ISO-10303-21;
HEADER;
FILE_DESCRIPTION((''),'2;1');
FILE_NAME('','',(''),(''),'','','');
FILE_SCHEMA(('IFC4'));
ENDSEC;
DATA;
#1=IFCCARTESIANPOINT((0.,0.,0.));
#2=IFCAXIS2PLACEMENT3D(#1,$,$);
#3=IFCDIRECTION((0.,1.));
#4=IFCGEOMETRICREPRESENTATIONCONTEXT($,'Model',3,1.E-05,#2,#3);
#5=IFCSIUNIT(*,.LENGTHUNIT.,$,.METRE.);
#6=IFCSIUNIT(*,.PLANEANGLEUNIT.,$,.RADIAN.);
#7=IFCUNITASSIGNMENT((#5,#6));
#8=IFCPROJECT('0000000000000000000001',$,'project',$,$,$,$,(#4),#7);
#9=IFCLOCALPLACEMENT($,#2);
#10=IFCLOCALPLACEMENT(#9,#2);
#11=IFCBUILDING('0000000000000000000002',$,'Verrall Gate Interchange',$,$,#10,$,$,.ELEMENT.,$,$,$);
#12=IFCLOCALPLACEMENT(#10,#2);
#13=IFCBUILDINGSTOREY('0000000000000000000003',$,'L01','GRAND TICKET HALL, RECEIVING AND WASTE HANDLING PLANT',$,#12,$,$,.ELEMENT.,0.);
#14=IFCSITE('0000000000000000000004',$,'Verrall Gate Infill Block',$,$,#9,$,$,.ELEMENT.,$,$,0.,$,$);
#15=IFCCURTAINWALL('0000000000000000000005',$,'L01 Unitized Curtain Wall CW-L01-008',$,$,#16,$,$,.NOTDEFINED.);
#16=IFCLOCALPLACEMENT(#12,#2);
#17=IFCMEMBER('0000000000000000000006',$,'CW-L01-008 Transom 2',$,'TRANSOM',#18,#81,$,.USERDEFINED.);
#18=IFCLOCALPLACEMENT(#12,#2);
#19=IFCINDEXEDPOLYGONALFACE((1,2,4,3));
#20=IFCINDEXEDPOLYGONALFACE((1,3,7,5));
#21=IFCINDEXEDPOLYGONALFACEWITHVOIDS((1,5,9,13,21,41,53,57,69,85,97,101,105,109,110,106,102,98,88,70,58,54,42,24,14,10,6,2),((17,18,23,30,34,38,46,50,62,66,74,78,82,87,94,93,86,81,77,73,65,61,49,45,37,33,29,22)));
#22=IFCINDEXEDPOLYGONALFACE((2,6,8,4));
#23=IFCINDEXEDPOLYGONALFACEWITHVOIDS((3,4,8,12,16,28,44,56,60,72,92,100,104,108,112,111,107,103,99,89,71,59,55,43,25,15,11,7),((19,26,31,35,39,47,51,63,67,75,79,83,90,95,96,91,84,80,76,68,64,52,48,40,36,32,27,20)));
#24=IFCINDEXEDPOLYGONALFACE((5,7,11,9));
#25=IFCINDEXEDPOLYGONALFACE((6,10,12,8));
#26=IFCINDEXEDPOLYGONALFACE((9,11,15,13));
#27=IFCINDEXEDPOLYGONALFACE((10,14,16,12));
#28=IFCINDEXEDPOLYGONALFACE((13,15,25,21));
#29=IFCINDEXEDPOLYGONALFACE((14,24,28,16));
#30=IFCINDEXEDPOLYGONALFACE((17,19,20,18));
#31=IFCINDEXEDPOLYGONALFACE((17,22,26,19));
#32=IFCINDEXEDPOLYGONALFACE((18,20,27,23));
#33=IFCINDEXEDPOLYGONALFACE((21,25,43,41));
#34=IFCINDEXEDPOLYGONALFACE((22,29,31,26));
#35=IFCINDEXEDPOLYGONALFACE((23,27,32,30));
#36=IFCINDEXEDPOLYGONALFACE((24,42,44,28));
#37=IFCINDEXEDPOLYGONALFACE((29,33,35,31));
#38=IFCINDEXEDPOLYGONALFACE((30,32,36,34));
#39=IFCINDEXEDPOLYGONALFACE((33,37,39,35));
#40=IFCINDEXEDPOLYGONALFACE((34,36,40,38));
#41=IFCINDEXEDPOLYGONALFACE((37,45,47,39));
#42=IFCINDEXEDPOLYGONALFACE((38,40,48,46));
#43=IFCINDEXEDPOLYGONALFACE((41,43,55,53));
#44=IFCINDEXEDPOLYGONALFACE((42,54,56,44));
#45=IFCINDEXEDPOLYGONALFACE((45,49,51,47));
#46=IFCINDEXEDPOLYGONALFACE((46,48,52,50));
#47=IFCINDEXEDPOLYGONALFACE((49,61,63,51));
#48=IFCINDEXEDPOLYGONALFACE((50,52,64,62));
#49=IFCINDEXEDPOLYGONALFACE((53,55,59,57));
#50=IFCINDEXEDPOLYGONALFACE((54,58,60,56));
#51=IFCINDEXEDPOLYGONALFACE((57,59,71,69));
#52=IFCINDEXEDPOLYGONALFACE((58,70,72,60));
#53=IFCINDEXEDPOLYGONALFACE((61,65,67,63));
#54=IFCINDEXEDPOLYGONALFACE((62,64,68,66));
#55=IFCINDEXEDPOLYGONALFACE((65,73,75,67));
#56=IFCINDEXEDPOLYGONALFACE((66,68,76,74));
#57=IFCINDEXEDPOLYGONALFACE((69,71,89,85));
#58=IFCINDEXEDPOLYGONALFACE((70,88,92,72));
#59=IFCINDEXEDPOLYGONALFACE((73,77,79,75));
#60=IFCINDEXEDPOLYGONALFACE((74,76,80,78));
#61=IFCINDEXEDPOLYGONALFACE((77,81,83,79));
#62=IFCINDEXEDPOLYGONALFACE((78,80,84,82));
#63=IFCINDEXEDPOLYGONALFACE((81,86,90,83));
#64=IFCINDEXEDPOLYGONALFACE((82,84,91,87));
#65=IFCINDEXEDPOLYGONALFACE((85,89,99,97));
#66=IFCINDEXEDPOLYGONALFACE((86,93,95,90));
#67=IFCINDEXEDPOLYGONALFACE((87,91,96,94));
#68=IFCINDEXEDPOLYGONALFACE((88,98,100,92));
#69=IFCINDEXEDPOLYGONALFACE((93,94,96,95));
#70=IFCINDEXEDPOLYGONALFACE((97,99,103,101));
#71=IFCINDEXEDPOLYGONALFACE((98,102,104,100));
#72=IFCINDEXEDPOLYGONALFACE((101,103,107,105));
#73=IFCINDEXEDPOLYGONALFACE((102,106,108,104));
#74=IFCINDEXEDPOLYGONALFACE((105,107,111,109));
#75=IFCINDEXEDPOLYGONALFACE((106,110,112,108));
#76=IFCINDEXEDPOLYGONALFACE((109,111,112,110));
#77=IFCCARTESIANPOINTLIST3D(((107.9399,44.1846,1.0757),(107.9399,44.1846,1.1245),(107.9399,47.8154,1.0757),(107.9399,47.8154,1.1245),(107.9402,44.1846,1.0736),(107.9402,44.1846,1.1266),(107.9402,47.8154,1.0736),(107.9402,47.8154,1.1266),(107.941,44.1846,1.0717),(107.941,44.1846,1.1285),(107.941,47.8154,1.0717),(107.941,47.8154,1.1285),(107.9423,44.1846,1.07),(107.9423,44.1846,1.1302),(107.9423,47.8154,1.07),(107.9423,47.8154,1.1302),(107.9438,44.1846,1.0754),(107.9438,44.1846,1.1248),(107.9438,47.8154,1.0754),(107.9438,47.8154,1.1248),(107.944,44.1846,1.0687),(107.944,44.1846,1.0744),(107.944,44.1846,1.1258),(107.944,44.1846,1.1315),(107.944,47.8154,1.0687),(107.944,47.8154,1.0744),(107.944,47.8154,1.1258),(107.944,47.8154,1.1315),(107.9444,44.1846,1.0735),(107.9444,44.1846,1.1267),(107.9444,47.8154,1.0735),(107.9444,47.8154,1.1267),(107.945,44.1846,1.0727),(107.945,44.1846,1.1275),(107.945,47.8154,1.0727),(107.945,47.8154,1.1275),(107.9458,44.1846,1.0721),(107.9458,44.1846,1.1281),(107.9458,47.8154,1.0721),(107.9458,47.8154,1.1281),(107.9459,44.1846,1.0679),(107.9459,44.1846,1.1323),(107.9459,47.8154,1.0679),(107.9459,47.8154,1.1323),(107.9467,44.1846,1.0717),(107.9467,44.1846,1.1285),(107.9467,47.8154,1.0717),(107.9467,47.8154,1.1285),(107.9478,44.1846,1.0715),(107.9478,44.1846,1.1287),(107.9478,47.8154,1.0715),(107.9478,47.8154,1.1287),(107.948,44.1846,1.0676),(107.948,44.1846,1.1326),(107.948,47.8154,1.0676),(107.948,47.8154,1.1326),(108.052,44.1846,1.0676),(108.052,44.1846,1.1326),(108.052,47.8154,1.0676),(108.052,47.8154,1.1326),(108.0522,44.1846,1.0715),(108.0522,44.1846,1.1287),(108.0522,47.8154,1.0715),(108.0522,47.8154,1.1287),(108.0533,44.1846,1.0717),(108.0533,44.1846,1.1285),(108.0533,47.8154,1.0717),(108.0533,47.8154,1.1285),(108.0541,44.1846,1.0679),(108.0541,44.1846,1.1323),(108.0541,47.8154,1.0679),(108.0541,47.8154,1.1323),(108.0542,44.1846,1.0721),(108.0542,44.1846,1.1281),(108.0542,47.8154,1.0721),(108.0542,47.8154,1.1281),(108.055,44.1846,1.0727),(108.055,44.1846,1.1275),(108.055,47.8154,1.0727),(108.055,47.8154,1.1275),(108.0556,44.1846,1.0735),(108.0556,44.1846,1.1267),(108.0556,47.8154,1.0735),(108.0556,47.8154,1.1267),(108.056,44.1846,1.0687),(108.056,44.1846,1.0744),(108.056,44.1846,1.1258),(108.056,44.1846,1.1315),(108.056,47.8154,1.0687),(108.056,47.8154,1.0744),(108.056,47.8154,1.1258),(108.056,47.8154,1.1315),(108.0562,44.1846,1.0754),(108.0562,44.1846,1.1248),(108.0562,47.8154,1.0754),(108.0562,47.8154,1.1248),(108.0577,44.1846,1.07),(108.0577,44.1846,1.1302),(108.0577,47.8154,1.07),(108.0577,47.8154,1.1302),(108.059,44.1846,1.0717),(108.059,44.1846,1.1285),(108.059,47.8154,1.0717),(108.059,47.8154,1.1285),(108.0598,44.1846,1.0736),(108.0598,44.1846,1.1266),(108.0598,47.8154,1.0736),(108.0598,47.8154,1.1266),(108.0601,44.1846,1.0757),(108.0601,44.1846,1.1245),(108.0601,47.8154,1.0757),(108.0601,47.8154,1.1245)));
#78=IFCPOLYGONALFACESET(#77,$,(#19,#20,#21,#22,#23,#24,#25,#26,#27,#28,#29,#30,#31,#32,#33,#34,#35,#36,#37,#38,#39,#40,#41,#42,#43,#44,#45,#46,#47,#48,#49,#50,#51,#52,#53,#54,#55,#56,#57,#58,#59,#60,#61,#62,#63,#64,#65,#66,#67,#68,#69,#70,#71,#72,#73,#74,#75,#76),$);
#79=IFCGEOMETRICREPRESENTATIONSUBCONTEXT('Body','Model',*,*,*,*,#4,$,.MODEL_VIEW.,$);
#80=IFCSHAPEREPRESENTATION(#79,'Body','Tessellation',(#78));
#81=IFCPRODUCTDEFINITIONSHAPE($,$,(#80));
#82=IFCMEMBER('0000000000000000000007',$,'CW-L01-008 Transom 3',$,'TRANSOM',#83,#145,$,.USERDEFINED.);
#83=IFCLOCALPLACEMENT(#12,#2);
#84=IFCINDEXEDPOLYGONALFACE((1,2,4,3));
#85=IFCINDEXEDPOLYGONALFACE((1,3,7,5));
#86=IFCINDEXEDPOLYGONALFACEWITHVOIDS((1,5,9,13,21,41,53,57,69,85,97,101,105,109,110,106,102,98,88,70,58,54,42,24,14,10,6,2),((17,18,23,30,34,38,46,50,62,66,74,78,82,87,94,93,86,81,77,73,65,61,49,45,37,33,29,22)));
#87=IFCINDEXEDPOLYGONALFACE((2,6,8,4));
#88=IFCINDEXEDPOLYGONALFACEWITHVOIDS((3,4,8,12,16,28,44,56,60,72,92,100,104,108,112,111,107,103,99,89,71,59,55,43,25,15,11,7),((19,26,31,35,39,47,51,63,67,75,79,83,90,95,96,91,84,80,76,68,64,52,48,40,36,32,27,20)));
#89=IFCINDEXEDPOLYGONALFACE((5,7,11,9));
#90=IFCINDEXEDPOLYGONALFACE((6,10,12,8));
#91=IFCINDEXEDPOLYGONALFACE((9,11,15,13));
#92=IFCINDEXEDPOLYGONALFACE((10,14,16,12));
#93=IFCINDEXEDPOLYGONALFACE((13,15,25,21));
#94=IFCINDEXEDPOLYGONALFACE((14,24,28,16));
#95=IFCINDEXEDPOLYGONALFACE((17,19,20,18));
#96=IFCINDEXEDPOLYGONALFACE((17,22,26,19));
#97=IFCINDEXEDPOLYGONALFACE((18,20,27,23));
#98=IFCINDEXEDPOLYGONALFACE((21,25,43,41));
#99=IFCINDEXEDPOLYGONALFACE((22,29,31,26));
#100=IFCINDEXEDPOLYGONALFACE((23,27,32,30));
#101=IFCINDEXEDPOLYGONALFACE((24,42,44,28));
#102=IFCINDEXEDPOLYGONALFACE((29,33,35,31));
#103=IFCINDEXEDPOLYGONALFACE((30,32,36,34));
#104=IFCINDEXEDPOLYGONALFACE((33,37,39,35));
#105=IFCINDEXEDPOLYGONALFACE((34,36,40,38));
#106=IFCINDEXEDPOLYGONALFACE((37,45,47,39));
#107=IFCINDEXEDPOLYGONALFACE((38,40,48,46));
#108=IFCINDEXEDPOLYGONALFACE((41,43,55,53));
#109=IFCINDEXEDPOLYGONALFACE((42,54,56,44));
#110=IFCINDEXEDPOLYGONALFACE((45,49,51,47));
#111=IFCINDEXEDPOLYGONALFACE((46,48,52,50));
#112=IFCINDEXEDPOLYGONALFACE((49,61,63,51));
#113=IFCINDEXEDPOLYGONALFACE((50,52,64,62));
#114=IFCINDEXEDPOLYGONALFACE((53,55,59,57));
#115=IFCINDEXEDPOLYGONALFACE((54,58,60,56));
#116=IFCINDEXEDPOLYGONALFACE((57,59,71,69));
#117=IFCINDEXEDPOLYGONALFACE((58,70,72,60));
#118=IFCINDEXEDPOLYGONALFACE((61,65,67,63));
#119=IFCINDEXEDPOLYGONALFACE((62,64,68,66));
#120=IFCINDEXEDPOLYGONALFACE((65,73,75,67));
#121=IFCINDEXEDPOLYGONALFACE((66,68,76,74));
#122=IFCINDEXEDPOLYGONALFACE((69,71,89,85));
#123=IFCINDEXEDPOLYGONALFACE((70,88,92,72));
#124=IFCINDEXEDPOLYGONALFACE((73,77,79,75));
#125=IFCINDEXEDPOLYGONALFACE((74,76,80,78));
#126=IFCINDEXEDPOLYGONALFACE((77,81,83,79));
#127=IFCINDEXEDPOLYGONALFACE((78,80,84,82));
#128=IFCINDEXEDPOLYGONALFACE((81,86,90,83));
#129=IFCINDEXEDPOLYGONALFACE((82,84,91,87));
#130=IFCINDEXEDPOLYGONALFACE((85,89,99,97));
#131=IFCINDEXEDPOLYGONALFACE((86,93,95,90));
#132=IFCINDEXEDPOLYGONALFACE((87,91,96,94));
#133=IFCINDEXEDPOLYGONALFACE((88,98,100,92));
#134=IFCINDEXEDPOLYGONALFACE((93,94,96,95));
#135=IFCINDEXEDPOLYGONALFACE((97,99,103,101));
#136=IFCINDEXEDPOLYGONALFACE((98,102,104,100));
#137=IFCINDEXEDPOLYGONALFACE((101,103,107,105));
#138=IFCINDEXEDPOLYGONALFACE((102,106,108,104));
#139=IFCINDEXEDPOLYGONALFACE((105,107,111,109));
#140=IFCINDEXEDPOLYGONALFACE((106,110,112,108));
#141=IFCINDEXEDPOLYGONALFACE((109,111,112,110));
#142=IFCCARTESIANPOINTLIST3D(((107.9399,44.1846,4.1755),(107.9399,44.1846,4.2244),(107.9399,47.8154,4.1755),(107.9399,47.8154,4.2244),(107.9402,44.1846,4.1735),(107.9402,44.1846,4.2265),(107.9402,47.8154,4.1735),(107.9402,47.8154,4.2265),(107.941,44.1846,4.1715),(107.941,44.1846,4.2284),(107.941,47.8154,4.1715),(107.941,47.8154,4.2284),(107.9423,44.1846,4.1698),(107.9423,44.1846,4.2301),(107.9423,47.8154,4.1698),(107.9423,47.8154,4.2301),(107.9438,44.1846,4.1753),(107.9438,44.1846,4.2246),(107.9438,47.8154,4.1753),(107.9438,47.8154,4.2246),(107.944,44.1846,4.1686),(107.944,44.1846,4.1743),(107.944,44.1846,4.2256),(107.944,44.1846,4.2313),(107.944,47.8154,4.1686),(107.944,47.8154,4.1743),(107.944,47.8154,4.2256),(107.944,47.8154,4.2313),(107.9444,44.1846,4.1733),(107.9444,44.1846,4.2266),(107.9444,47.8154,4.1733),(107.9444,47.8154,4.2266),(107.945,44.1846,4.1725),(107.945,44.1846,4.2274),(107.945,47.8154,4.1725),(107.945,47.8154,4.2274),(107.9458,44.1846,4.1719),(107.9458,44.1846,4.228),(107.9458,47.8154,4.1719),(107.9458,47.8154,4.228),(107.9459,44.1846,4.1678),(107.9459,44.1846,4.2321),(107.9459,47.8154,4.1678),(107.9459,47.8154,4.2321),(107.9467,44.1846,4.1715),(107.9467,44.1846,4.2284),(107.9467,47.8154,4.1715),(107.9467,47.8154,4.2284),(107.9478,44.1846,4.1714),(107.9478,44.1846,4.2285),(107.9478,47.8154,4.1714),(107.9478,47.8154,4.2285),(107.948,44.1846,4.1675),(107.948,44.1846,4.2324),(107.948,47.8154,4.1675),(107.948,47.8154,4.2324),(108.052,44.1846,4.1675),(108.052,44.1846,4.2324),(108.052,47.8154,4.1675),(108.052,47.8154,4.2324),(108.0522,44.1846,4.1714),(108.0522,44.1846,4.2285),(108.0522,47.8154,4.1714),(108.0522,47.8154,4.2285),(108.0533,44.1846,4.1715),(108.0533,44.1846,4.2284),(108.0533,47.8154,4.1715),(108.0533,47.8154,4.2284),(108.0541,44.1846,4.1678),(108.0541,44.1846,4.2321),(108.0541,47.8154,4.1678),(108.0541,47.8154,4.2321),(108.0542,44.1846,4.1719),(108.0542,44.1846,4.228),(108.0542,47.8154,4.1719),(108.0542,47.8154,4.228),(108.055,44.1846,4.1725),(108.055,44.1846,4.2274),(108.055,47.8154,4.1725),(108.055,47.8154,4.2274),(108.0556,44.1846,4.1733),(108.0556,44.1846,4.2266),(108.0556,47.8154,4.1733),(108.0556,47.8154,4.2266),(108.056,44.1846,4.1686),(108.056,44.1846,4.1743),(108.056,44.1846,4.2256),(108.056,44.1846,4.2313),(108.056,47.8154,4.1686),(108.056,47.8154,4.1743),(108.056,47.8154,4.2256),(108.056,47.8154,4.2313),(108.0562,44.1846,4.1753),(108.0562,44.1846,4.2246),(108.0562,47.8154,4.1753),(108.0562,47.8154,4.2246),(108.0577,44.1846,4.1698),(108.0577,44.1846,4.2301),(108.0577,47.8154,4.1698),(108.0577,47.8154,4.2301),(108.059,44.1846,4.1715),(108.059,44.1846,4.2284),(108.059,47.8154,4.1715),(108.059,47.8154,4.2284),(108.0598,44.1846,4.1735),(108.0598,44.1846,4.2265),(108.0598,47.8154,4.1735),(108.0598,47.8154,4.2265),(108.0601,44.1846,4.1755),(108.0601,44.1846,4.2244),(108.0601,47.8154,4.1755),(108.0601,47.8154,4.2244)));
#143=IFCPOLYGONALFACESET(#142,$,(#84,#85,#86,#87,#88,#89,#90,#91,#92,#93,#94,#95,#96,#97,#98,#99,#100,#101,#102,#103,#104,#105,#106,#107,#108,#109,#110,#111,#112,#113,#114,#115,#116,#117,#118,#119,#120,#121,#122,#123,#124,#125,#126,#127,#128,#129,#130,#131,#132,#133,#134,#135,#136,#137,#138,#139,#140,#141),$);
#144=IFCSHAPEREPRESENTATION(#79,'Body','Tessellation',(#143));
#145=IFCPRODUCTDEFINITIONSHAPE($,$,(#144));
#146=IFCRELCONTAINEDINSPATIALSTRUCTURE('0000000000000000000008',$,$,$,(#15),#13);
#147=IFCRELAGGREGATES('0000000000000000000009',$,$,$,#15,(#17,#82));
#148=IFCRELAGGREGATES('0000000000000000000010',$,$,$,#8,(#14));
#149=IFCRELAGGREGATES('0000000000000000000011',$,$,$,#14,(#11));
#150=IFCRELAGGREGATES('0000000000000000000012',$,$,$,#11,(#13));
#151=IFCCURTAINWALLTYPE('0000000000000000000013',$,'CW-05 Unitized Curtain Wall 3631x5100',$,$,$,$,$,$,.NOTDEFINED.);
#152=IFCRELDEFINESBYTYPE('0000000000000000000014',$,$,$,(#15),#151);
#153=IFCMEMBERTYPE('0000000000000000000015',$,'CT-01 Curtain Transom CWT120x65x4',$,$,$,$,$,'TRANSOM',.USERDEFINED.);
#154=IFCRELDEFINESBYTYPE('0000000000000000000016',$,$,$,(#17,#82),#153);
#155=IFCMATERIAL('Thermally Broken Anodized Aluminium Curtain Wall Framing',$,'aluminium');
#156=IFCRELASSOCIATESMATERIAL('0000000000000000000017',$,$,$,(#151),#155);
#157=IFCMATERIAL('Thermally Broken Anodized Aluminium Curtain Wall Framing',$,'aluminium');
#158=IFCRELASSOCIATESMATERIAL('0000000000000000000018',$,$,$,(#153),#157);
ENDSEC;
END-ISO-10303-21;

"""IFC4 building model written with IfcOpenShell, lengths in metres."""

from ifc_helpers import new_model, si_unit, direction, frame, origin, origin_2d, place, context, subcontext, project, spatial, hollow_rectangle, extrude, material, material_profile, profile_set, type_object, element, aggregate, save


model = new_model("IFC4")

# Units and contexts
model_context = context("Model", 3, precision=1e-05, world=origin(), true_north=direction((0.0, 1.0)))
body_context = subcontext(model_context, "Body", "Model", "MODEL_VIEW")
ifc_project = project(units=[si_unit("LENGTHUNIT", "METRE"), si_unit("PLANEANGLEUNIT", "RADIAN")], contexts=[model_context])

# Site, building, storey
site_placement = place(None, origin())
site = spatial("IfcSite", under=ifc_project, at=site_placement, Name="Verrall Gate Infill Block", CompositionType="ELEMENT", RefElevation=0.0)
building_placement = place(site_placement, origin())
building = spatial("IfcBuilding", under=site, at=building_placement, Name="Verrall Gate Interchange", CompositionType="ELEMENT")
storey_placement = place(building_placement, origin())
storey = spatial("IfcBuildingStorey", under=building, at=storey_placement, Name="L01", Description="GRAND TICKET HALL, RECEIVING AND WASTE HANDLING PLANT", CompositionType="ELEMENT", Elevation=0.0)

# Curtain wall
ifc_material_1 = material(Name="Thermally Broken Anodized Aluminium Curtain Wall Framing", Category="aluminium")
curtain_wall_type_1 = type_object("IfcCurtainWallType", Name="CW-05 Unitized Curtain Wall 3631x5100", PredefinedType="NOTDEFINED", material=ifc_material_1)
curtain_wall_1_placement = place(storey_placement, origin())
curtain_wall_1 = element("IfcCurtainWall", 1, at=curtain_wall_1_placement, inside=storey, type_object=curtain_wall_type_1, Name="L01 Unitized Curtain Wall CW-L01-008", PredefinedType="NOTDEFINED")

# Members
ifc_material_2 = material(Name="Thermally Broken Anodized Aluminium Curtain Wall Framing", Category="aluminium")
ifc_material_profile_1 = material_profile(ifc_material_2, hollow_rectangle(XDim=0.1201, YDim=0.0649, WallThickness=0.0039, InnerFilletRadius=0.0039, OuterFilletRadius=0.0081, at=origin_2d()), Name="CWT120x65x4")
ifc_profile_set_1 = profile_set([ifc_material_profile_1], Name="Thermally Broken Anodized Aluminium Curtain Wall Framing")
member_type_1 = type_object("IfcMemberType", Name="CT-01 Curtain Transom CWT120x65x4", ElementType="TRANSOM", PredefinedType="USERDEFINED", material=ifc_profile_set_1)
member_1_placement = place(storey_placement, frame((108.0, 44.1846, 1.1001), z_axis=(0.0, 1.0, 0.0), x_axis=(-1.0, 0.0, 0.0)))
member_1 = element("IfcMember", 2, at=member_1_placement, type_object=member_type_1, Name="CW-L01-008 Transom 2", ObjectType="TRANSOM", PredefinedType="USERDEFINED", context=body_context, shape_type="SweptSolid", body=[
    extrude(hollow_rectangle(XDim=0.1201, YDim=0.0649, WallThickness=0.0039, InnerFilletRadius=0.0039, OuterFilletRadius=0.0081, at=origin_2d()), origin(), (0.0, 0.0, 1.0), 3.6309),
])
member_2_placement = place(storey_placement, frame((108.0, 44.1846, 4.2), z_axis=(0.0, 1.0, 0.0), x_axis=(-1.0, 0.0, 0.0)))
member_2 = element("IfcMember", 3, at=member_2_placement, type_object=member_type_1, Name="CW-L01-008 Transom 3", ObjectType="TRANSOM", PredefinedType="USERDEFINED", context=body_context, shape_type="SweptSolid", body=[
    extrude(hollow_rectangle(XDim=0.1201, YDim=0.0649, WallThickness=0.0039, InnerFilletRadius=0.0039, OuterFilletRadius=0.0081, at=origin_2d()), origin(), (0.0, 0.0, 1.0), 3.6309),
])

aggregate(curtain_wall_1, [member_1, member_2])

save(model, "model.ifc")
